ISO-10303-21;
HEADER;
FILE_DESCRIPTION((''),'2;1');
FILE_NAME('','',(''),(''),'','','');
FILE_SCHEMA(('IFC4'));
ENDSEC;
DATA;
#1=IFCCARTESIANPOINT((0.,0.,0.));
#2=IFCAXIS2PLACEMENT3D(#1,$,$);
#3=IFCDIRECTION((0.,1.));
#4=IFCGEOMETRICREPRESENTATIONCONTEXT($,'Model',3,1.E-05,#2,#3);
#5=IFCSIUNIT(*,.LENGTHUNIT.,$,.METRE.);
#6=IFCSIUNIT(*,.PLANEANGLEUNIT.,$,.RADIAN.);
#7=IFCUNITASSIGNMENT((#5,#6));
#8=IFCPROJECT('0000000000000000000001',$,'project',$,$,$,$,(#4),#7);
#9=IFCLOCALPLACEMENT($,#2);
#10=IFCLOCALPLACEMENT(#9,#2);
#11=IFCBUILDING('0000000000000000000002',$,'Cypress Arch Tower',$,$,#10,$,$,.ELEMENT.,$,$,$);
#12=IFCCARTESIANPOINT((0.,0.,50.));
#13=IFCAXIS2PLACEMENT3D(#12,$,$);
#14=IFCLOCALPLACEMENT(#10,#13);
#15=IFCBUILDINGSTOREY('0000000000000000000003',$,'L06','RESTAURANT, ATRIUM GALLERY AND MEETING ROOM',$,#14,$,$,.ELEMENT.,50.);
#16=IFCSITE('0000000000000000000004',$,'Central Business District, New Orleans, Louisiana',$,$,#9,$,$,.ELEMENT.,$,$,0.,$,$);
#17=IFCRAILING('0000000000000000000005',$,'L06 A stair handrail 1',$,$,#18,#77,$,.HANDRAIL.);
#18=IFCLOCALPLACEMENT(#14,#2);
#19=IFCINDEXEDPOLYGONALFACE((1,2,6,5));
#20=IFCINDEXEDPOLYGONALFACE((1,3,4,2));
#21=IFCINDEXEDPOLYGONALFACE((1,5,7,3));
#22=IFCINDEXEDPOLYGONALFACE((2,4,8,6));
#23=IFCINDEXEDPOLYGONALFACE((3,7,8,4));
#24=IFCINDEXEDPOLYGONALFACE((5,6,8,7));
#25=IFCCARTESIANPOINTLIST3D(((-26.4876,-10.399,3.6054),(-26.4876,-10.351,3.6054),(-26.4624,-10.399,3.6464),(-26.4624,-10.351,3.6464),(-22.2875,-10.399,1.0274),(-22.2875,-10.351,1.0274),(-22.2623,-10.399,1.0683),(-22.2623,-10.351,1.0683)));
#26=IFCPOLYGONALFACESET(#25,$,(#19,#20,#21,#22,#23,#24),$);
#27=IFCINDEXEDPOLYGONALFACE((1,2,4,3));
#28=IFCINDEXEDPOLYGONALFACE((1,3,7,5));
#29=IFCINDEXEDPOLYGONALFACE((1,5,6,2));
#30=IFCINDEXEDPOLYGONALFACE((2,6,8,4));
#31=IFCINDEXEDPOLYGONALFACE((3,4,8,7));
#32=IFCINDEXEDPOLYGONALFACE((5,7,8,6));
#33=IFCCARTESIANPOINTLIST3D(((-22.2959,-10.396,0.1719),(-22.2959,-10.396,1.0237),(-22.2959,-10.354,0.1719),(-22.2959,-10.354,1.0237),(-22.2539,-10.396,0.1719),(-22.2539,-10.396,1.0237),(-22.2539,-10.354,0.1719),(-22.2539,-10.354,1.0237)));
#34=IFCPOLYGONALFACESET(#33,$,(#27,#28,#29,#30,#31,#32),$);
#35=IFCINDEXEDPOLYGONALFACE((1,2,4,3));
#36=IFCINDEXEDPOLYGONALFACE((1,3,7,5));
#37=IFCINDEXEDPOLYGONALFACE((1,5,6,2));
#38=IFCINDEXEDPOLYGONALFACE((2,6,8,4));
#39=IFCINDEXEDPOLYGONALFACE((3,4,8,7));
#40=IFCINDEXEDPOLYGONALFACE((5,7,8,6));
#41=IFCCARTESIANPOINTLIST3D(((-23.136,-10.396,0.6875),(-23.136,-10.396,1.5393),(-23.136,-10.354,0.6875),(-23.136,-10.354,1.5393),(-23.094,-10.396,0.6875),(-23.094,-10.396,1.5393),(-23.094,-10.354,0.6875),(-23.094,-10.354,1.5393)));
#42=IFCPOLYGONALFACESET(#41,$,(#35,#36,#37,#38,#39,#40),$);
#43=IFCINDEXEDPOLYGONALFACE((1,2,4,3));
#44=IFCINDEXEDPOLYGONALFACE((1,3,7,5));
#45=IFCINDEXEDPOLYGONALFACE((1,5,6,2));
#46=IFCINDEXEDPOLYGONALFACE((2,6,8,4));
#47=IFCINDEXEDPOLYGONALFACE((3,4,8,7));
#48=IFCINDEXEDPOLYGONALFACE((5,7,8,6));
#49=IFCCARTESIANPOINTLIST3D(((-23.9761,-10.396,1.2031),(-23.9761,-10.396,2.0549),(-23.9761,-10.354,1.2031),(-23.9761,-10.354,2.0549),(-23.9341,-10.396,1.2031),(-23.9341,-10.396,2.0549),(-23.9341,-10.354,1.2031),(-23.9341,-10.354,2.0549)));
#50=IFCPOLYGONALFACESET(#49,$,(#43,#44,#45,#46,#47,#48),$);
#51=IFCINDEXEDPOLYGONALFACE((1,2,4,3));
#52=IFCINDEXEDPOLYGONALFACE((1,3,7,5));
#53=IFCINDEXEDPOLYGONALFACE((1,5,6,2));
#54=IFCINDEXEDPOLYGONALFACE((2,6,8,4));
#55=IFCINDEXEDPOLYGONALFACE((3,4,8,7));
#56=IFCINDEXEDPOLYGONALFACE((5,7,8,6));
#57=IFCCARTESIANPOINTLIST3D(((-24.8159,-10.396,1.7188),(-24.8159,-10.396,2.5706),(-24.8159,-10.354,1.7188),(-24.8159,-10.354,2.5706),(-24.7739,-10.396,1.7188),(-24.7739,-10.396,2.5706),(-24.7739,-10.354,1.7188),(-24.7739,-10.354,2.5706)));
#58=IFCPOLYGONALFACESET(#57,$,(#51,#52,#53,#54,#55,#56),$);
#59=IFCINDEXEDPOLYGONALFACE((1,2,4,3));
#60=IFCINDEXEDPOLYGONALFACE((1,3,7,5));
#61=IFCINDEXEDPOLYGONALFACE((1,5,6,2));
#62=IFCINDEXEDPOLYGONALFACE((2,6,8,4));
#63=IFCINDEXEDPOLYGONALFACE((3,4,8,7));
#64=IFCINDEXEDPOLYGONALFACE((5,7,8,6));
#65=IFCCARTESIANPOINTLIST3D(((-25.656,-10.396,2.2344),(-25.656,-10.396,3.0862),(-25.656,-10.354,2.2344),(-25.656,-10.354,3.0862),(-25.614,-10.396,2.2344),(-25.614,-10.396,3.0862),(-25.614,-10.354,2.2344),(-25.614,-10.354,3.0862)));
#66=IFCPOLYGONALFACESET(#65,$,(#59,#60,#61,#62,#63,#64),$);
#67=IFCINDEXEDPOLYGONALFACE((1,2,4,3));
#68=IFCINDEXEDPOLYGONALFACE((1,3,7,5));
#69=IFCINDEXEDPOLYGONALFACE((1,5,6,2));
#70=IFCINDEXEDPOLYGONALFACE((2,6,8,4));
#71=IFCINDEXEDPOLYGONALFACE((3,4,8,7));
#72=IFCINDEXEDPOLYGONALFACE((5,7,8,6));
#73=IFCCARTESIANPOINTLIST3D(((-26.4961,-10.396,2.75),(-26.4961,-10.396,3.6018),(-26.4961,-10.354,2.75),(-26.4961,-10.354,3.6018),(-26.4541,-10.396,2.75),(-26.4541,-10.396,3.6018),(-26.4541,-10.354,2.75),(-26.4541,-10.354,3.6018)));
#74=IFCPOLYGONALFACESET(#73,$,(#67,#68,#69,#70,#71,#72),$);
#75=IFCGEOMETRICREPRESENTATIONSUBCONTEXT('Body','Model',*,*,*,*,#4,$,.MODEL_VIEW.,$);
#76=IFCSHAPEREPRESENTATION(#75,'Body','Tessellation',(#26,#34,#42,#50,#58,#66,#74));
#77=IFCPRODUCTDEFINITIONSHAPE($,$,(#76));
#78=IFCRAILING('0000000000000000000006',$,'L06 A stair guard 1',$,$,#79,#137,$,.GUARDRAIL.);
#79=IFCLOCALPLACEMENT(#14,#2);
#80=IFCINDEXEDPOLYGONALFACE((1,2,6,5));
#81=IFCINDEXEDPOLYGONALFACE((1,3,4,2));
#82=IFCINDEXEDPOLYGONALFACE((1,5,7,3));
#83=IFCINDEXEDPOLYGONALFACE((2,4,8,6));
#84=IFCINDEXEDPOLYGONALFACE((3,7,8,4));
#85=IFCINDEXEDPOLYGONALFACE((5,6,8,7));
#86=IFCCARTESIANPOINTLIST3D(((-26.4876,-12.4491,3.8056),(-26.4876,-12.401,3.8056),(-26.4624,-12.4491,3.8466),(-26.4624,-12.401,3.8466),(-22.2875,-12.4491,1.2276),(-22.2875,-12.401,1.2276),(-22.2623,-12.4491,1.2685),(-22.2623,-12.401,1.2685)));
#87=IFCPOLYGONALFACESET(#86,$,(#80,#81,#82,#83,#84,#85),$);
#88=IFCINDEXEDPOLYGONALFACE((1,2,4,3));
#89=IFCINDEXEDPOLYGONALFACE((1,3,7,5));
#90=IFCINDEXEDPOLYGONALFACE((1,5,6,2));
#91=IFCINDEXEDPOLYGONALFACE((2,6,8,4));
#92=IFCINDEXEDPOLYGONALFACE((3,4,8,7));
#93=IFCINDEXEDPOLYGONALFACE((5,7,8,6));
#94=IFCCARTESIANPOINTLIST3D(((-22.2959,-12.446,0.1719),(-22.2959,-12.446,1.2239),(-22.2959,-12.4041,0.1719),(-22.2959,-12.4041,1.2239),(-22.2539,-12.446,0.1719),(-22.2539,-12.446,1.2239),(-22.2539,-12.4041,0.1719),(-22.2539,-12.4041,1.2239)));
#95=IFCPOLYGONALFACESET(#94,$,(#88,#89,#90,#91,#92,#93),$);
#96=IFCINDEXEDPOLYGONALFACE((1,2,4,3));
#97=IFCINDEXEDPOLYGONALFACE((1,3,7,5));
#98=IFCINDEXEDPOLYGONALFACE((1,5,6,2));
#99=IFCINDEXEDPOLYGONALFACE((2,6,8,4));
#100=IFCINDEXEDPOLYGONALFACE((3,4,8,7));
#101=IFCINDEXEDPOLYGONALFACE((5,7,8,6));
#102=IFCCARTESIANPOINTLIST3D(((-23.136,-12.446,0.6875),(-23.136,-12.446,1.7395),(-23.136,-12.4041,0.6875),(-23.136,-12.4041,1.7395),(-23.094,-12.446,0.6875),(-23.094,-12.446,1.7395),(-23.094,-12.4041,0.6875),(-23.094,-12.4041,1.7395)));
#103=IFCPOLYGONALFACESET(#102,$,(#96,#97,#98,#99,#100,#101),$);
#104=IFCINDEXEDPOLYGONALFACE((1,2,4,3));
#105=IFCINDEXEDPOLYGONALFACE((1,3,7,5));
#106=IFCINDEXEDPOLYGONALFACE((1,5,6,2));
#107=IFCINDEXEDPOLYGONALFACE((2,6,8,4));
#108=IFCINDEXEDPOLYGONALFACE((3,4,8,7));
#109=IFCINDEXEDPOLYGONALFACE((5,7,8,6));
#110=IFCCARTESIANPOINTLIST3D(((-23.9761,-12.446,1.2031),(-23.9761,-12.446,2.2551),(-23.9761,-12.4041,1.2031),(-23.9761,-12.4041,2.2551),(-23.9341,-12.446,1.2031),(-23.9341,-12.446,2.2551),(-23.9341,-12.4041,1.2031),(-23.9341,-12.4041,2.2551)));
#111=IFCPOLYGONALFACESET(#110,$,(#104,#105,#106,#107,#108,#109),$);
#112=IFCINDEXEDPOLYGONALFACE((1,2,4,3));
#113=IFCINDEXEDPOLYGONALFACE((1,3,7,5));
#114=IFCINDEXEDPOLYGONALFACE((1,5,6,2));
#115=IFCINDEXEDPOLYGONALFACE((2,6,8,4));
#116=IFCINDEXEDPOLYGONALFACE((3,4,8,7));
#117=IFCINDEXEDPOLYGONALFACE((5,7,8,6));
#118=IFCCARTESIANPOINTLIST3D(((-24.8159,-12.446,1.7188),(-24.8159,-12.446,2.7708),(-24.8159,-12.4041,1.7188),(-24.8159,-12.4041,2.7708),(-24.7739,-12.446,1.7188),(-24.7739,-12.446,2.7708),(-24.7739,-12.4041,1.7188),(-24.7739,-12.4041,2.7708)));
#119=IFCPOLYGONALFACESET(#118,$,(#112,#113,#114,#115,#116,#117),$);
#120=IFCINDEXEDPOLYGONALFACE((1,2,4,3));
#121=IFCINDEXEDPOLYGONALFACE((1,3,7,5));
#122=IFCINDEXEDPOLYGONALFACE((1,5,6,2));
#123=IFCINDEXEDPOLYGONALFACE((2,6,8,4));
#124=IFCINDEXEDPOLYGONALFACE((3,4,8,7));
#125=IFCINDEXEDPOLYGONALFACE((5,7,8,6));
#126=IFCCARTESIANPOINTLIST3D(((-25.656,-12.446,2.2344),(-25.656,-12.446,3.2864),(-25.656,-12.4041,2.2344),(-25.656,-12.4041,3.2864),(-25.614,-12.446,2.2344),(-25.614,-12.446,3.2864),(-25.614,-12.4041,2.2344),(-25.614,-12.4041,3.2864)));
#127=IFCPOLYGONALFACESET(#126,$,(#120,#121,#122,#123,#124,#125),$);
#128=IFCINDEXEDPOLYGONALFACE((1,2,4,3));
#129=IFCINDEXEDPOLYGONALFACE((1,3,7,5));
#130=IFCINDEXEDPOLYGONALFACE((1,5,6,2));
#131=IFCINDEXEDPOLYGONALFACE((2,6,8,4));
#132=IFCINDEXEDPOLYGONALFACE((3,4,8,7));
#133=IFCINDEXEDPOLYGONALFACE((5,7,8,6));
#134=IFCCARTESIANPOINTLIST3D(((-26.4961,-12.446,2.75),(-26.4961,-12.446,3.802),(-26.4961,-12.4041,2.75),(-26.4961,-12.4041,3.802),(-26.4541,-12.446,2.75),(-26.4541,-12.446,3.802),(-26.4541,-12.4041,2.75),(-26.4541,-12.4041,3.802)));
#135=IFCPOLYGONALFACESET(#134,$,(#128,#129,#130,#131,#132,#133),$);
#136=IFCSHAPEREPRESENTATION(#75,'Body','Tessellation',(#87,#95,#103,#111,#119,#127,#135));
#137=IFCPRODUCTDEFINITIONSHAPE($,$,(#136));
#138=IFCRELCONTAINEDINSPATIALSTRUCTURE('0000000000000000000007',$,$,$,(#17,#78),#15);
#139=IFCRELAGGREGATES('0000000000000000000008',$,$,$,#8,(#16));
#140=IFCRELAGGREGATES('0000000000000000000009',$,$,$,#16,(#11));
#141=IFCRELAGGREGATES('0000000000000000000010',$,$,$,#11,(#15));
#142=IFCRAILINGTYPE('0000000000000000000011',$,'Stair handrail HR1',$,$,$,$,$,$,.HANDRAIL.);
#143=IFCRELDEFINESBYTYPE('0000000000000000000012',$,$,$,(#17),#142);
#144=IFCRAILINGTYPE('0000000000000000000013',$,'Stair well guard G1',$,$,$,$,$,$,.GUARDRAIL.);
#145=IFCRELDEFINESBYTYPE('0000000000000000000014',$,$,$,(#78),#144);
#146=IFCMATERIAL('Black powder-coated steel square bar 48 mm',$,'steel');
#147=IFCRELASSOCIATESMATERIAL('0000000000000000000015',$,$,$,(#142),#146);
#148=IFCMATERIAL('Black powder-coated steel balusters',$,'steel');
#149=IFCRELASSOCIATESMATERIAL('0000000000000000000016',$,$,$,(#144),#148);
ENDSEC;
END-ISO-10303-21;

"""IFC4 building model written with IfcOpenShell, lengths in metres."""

from ifc_helpers import new_model, si_unit, direction, frame, origin, origin_2d, place, context, subcontext, project, spatial, rectangle, extrude, material, type_object, element, save


model = new_model("IFC4")

# Units and contexts
model_context = context("Model", 3, precision=1e-05, world=origin(), true_north=direction((0.0, 1.0)))
body_context = subcontext(model_context, "Body", "Model", "MODEL_VIEW")
ifc_project = project(units=[si_unit("LENGTHUNIT", "METRE"), si_unit("PLANEANGLEUNIT", "RADIAN")], contexts=[model_context])

# Site, building, storey
site_placement = place(None, origin())
site = spatial("IfcSite", under=ifc_project, at=site_placement, Name="Central Business District, New Orleans, Louisiana", CompositionType="ELEMENT", RefElevation=0.0)
building_placement = place(site_placement, origin())
building = spatial("IfcBuilding", under=site, at=building_placement, Name="Cypress Arch Tower", CompositionType="ELEMENT")
storey_placement = place(building_placement, frame((0.0, 0.0, 50.0)))
storey = spatial("IfcBuildingStorey", under=building, at=storey_placement, Name="L06", Description="RESTAURANT, ATRIUM GALLERY AND MEETING ROOM", CompositionType="ELEMENT", Elevation=50.0)

# Railings
ifc_material_1 = material(Name="Black powder-coated steel square bar 48 mm", Category="steel")
railing_type_1 = type_object("IfcRailingType", Name="Stair handrail HR1", PredefinedType="HANDRAIL", material=ifc_material_1)
railing_1_placement = place(storey_placement, frame((-22.2749, -10.375, 0.1719)))
element("IfcRailing", 1, at=railing_1_placement, inside=storey, type_object=railing_type_1, Name="L06 A stair handrail 1", PredefinedType="HANDRAIL", context=body_context, shape_type="SweptSolid", body=[
    extrude(rectangle(XDim=0.0481, YDim=0.0481, at=origin_2d()), frame((0.0, 0.0, 0.876), z_axis=(-0.852256, 0.0, 0.523124), x_axis=(0.0, -1.0, 0.0)), (0.0, 0.0, 1.0), 4.9282),
    extrude(rectangle(XDim=0.042, YDim=0.042, at=origin_2d()), origin(), (0.0, 0.0, 1.0), 0.8518),
    extrude(rectangle(XDim=0.042, YDim=0.042, at=origin_2d()), frame((-0.8401, 0.0, 0.5156)), (0.0, 0.0, 1.0), 0.8518),
    extrude(rectangle(XDim=0.042, YDim=0.042, at=origin_2d()), frame((-1.6802, 0.0, 1.0312)), (0.0, 0.0, 1.0), 0.8518),
    extrude(rectangle(XDim=0.042, YDim=0.042, at=origin_2d()), frame((-2.52, 0.0, 1.5469)), (0.0, 0.0, 1.0), 0.8518),
    extrude(rectangle(XDim=0.042, YDim=0.042, at=origin_2d()), frame((-3.3601, 0.0, 2.0625)), (0.0, 0.0, 1.0), 0.8518),
    extrude(rectangle(XDim=0.042, YDim=0.042, at=origin_2d()), frame((-4.2002, 0.0, 2.5781)), (0.0, 0.0, 1.0), 0.8518),
])
ifc_material_2 = material(Name="Black powder-coated steel balusters", Category="steel")
railing_type_2 = type_object("IfcRailingType", Name="Stair well guard G1", PredefinedType="GUARDRAIL", material=ifc_material_2)
railing_2_placement = place(storey_placement, frame((-22.2749, -12.425, 0.1719)))
element("IfcRailing", 2, at=railing_2_placement, inside=storey, type_object=railing_type_2, Name="L06 A stair guard 1", PredefinedType="GUARDRAIL", context=body_context, shape_type="SweptSolid", body=[
    extrude(rectangle(XDim=0.0481, YDim=0.0481, at=origin_2d()), frame((0.0, 0.0, 1.0762), z_axis=(-0.852256, 0.0, 0.523124), x_axis=(0.0, -1.0, 0.0)), (0.0, 0.0, 1.0), 4.9282),
    extrude(rectangle(XDim=0.042, YDim=0.042, at=origin_2d()), origin(), (0.0, 0.0, 1.0), 1.052),
    extrude(rectangle(XDim=0.042, YDim=0.042, at=origin_2d()), frame((-0.8401, 0.0, 0.5156)), (0.0, 0.0, 1.0), 1.052),
    extrude(rectangle(XDim=0.042, YDim=0.042, at=origin_2d()), frame((-1.6802, 0.0, 1.0312)), (0.0, 0.0, 1.0), 1.052),
    extrude(rectangle(XDim=0.042, YDim=0.042, at=origin_2d()), frame((-2.52, 0.0, 1.5469)), (0.0, 0.0, 1.0), 1.052),
    extrude(rectangle(XDim=0.042, YDim=0.042, at=origin_2d()), frame((-3.3601, 0.0, 2.0625)), (0.0, 0.0, 1.0), 1.052),
    extrude(rectangle(XDim=0.042, YDim=0.042, at=origin_2d()), frame((-4.2002, 0.0, 2.5781)), (0.0, 0.0, 1.0), 1.052),
])

save(model, "model.ifc")
